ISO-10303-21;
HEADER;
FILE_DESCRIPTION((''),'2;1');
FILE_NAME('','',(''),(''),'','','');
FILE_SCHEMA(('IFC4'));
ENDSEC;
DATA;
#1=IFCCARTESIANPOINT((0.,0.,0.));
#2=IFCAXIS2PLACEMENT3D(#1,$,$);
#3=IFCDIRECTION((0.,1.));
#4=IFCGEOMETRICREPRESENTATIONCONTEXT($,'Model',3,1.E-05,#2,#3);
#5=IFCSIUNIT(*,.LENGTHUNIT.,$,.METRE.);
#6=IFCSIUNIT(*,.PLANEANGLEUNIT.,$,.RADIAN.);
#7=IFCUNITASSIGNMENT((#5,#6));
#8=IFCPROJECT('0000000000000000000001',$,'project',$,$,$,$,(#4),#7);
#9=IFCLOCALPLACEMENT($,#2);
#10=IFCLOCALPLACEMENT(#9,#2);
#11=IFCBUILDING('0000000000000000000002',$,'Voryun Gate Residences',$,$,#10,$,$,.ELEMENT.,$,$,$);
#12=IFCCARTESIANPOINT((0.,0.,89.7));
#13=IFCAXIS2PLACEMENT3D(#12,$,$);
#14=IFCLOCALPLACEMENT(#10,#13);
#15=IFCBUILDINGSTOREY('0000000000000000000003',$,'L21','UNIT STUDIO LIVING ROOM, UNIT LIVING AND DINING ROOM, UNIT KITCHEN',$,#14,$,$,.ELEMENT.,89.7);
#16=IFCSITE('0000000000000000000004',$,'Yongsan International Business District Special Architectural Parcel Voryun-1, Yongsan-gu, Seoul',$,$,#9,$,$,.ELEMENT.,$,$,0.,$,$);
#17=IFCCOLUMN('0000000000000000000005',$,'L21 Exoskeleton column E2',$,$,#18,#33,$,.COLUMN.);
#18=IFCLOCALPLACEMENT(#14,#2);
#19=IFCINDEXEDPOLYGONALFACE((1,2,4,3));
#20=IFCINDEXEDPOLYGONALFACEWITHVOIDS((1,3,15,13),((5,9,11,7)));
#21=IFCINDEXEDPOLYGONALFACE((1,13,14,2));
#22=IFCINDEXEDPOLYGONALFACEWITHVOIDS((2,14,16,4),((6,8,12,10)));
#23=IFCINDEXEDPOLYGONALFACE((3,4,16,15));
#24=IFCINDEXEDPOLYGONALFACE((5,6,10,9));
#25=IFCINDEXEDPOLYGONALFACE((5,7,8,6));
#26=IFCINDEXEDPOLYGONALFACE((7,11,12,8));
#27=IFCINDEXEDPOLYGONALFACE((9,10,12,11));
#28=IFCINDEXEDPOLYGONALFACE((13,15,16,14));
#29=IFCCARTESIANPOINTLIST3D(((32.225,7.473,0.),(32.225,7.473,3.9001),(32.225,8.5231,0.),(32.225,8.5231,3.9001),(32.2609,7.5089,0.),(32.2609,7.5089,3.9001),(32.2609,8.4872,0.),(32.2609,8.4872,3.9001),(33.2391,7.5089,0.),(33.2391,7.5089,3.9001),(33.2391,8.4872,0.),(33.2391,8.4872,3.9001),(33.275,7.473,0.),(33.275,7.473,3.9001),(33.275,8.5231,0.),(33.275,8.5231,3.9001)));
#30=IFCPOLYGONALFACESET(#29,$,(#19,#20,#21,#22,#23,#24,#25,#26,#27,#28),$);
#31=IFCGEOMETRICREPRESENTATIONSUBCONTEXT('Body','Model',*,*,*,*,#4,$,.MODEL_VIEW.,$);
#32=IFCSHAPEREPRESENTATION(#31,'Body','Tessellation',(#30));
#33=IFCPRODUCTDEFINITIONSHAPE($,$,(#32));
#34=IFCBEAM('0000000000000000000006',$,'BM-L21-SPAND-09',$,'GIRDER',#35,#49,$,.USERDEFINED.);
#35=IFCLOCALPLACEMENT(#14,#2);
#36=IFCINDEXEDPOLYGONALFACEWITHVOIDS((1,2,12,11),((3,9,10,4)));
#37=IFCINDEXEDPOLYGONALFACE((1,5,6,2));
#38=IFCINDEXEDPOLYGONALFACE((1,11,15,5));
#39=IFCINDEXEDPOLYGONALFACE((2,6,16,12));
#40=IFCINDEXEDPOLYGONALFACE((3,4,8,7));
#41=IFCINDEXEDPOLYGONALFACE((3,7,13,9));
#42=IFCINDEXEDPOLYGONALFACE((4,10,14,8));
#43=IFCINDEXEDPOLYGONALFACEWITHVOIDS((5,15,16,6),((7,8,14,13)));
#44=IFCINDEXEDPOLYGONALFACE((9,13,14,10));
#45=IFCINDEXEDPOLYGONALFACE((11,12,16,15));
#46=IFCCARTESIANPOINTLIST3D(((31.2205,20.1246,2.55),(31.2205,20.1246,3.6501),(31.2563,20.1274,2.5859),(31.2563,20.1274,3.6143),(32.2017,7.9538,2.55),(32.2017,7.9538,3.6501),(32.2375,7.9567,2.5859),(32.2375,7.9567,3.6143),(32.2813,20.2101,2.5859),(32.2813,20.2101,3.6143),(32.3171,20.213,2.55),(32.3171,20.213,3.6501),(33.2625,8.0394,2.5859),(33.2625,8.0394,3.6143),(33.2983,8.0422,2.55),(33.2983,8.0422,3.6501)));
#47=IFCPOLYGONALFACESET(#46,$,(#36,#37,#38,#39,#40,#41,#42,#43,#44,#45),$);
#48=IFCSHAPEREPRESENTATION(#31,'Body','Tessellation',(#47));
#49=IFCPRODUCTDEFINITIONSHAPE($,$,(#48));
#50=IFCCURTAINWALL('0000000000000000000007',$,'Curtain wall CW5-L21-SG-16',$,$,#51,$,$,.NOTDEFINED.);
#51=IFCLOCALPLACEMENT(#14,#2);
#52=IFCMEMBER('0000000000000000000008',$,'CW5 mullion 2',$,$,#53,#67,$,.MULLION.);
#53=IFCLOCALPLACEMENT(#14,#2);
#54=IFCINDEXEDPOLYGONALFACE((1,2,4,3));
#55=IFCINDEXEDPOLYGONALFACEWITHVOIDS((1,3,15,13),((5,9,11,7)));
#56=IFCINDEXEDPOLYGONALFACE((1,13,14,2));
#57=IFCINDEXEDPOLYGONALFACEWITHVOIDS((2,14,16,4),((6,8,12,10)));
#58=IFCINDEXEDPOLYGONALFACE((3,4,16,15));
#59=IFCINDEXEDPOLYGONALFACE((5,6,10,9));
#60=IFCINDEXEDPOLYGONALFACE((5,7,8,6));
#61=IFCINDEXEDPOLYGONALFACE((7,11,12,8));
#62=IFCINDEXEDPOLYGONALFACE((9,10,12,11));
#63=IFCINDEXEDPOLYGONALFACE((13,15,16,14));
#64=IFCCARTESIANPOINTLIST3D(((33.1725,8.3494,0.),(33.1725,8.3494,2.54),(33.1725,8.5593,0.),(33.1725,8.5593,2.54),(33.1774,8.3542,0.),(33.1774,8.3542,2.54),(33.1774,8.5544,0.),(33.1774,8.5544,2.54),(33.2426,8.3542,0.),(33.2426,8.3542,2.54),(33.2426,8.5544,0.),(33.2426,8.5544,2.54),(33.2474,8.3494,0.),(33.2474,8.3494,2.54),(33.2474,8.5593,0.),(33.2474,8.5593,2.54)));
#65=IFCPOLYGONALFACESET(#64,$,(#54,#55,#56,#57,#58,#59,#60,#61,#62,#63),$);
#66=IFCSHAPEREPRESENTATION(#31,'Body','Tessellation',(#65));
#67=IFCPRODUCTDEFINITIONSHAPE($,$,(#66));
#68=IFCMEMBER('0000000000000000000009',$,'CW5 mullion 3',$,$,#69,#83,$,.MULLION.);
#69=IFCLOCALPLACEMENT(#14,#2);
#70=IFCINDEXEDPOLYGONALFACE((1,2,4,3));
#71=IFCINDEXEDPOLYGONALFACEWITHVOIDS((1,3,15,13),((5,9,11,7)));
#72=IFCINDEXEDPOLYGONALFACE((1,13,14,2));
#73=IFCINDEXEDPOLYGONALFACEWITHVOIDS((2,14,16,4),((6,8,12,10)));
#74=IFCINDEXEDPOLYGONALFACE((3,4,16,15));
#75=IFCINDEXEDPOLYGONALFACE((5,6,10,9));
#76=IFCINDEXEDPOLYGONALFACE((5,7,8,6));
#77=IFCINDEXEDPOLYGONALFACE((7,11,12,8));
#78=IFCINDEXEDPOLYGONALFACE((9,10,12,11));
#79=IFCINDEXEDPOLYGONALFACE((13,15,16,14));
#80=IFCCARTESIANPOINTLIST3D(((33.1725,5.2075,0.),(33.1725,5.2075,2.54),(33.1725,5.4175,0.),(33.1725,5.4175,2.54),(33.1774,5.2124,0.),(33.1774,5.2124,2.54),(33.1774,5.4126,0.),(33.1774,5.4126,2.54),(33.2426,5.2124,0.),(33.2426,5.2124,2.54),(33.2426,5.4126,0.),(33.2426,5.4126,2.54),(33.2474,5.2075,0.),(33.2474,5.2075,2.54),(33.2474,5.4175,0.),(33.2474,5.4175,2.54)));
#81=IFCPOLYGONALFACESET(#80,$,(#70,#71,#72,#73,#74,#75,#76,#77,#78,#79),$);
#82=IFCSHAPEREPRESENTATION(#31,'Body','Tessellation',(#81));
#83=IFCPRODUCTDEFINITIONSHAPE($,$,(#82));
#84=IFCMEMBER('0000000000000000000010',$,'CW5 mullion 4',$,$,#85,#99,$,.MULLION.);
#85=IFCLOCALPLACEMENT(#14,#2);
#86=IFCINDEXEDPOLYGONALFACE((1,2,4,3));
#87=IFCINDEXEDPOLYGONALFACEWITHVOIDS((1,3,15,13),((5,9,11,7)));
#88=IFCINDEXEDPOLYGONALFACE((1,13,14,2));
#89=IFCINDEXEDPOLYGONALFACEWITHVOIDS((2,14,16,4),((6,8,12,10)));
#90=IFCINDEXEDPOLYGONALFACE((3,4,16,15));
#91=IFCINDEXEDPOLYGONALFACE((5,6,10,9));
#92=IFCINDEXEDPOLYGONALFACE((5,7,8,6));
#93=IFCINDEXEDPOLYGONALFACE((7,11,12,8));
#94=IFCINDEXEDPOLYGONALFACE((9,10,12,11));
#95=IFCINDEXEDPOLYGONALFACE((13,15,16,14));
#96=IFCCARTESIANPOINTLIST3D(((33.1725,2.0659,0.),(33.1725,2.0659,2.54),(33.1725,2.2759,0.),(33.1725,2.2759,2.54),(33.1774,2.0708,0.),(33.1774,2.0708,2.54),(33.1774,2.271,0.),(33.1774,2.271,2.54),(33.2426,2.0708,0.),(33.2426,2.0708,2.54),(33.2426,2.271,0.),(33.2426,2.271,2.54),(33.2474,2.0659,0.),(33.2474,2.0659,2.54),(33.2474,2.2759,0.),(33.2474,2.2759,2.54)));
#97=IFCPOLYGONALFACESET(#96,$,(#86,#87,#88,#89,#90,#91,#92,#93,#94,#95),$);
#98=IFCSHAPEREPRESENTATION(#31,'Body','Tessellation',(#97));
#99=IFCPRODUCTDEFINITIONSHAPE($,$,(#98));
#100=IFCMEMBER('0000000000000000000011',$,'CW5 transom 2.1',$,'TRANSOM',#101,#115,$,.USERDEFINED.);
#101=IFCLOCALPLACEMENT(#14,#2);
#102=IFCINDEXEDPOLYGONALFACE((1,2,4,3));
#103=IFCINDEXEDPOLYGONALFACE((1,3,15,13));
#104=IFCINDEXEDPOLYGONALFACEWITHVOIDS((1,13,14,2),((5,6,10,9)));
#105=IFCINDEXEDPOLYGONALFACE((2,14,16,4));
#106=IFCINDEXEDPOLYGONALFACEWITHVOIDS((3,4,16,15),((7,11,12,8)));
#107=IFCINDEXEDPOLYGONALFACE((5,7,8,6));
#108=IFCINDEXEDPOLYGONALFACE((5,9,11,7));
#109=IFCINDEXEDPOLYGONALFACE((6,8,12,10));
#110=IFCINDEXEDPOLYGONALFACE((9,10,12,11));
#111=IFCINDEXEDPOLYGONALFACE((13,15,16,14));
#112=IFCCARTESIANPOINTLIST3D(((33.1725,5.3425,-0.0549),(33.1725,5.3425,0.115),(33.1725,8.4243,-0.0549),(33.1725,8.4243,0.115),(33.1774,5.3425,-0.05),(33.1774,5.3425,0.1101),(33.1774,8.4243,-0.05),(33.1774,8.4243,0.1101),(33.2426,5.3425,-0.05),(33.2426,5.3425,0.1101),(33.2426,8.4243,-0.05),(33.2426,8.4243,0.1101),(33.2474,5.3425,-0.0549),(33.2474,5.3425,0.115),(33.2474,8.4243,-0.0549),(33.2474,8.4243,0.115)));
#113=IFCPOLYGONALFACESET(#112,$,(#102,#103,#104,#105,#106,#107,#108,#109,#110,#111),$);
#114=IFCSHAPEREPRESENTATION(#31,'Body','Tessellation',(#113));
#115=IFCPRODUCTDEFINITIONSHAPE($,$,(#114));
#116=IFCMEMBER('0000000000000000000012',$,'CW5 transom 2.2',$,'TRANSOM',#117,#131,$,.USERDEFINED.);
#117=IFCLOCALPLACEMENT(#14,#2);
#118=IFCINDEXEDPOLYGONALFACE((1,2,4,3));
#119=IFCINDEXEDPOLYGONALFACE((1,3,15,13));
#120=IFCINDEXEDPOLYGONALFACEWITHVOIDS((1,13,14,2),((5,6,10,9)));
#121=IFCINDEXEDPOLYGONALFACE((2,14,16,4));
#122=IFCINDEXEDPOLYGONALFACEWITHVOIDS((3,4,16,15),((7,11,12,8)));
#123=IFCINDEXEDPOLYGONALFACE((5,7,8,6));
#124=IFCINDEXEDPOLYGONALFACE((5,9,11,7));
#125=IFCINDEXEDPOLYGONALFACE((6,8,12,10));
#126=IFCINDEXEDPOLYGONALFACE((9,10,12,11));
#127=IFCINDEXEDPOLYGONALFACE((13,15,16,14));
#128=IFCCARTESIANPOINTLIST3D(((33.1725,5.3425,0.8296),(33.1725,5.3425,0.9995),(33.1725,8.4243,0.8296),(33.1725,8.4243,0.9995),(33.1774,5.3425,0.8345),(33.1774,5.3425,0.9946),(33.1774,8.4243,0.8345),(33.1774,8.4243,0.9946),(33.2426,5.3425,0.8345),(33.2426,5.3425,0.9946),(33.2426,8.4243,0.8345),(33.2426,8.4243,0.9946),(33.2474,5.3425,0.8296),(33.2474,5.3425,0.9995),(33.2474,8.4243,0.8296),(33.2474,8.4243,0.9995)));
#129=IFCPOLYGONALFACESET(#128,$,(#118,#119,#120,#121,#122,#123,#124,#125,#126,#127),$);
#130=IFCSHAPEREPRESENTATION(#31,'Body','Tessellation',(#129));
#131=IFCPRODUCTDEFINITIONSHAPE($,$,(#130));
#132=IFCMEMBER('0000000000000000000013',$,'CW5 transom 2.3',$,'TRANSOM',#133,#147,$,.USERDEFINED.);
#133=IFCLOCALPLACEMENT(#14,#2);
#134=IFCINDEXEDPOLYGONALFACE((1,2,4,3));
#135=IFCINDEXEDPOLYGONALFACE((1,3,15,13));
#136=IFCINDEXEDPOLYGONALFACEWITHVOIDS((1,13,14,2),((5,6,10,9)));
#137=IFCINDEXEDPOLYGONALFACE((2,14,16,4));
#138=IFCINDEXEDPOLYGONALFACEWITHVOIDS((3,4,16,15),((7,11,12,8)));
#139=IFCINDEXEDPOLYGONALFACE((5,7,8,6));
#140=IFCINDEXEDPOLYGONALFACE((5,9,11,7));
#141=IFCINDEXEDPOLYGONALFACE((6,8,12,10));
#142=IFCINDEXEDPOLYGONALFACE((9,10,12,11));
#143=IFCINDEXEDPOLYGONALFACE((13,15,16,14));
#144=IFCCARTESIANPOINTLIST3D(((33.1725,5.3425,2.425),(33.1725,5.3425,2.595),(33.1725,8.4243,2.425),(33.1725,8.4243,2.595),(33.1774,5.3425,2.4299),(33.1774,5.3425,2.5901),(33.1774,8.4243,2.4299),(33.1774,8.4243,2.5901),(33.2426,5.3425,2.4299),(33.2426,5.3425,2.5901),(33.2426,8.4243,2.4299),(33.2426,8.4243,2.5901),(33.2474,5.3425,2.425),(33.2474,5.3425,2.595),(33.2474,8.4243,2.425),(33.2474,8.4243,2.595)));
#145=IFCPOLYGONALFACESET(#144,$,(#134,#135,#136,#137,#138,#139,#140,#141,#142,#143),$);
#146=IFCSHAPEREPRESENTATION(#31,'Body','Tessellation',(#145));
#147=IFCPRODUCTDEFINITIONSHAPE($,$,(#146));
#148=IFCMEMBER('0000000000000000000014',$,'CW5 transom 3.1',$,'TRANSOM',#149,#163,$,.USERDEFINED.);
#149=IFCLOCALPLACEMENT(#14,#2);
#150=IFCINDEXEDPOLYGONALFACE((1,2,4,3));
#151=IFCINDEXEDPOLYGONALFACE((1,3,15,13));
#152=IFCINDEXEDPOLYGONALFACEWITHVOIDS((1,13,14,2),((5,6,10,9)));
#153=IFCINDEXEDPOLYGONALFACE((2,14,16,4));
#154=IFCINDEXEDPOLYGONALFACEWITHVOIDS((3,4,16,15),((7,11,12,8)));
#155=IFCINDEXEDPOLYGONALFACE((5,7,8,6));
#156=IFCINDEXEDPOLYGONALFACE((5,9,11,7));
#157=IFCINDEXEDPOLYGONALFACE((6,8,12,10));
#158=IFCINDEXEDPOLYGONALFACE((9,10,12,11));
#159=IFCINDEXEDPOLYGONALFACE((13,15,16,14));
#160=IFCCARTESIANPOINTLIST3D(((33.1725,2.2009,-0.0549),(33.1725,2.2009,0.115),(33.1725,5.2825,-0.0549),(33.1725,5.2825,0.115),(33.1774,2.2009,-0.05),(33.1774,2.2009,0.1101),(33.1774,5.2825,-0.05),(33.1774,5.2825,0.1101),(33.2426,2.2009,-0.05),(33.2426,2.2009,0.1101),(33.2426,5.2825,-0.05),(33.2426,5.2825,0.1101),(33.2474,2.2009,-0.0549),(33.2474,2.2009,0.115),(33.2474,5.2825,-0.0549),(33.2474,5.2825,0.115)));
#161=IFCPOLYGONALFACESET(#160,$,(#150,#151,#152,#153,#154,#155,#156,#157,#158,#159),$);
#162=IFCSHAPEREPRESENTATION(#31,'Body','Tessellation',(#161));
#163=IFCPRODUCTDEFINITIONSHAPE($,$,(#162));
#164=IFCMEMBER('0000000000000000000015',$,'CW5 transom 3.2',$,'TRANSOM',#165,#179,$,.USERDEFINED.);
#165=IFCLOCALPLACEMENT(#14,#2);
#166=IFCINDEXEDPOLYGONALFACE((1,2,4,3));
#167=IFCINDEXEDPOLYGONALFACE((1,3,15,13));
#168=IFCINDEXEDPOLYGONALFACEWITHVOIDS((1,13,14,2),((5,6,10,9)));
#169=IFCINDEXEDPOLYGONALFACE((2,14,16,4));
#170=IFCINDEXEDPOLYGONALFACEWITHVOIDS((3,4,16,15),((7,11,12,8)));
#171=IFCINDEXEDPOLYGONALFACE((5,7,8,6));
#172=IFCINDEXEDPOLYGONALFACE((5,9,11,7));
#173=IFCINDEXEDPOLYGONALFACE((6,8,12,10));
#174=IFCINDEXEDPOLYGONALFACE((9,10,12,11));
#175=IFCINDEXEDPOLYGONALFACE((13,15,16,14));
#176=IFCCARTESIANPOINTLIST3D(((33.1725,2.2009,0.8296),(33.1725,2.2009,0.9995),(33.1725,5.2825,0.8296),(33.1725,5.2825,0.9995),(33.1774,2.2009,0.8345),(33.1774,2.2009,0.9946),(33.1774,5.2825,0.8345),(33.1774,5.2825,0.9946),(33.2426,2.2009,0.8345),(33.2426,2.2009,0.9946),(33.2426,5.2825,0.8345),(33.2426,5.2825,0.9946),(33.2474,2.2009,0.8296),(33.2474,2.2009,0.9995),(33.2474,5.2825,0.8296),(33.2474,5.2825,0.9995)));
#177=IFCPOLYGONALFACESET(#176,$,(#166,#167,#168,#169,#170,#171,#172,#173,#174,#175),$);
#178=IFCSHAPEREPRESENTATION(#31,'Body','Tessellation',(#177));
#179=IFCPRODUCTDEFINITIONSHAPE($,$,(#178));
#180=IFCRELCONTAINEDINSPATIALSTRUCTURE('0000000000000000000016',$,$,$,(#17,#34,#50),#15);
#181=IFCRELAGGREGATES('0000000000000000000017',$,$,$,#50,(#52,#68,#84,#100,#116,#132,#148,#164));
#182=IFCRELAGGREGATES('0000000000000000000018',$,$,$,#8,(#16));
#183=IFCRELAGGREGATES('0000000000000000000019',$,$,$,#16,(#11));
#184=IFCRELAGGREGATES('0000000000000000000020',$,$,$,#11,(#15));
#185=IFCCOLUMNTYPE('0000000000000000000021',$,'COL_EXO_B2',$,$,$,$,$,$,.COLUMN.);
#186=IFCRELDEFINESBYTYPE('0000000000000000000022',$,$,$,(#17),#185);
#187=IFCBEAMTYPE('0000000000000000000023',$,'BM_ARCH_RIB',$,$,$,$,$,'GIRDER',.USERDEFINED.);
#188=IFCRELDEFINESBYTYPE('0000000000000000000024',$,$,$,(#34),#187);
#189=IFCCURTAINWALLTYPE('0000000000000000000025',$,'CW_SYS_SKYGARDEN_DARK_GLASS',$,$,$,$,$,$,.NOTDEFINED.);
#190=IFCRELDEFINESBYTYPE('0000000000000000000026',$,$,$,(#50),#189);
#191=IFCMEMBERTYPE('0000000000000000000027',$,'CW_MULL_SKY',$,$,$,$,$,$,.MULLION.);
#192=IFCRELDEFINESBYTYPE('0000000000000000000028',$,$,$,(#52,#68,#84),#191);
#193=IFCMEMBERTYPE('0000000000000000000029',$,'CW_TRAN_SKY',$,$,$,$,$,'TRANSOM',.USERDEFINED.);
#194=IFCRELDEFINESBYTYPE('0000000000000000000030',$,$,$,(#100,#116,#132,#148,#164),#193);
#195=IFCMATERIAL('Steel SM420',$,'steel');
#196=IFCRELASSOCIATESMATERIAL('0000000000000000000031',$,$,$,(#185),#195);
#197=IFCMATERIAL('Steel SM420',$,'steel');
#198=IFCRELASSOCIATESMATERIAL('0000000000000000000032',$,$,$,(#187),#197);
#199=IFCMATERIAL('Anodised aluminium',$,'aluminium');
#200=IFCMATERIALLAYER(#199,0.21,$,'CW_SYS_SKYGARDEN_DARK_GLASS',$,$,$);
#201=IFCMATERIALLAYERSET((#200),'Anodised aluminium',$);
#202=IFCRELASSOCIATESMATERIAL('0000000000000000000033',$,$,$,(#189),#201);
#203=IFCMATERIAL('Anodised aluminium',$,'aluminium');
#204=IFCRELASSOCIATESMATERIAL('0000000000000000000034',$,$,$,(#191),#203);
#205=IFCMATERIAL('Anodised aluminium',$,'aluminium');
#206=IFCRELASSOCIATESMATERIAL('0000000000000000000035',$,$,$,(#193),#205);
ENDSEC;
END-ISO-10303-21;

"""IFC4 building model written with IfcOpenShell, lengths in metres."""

from ifc_helpers import new_model, si_unit, direction, frame, origin, origin_2d, place, context, subcontext, project, spatial, hollow_rectangle, extrude, material, layer, layer_set, material_profile, profile_set, type_object, element, aggregate, save


model = new_model("IFC4")

# Units and contexts
model_context = context("Model", 3, precision=1e-05, world=origin(), true_north=direction((0.0, 1.0)))
body_context = subcontext(model_context, "Body", "Model", "MODEL_VIEW")
ifc_project = project(units=[si_unit("LENGTHUNIT", "METRE"), si_unit("PLANEANGLEUNIT", "RADIAN")], contexts=[model_context])

# Site, building, storey
site_placement = place(None, origin())
site = spatial("IfcSite", under=ifc_project, at=site_placement, Name="Yongsan International Business District Special Architectural Parcel Voryun-1, Yongsan-gu, Seoul", CompositionType="ELEMENT", RefElevation=0.0)
building_placement = place(site_placement, origin())
building = spatial("IfcBuilding", under=site, at=building_placement, Name="Voryun Gate Residences", CompositionType="ELEMENT")
storey_placement = place(building_placement, frame((0.0, 0.0, 89.7)))
storey = spatial("IfcBuildingStorey", under=building, at=storey_placement, Name="L21", Description="UNIT STUDIO LIVING ROOM, UNIT LIVING AND DINING ROOM, UNIT KITCHEN", CompositionType="ELEMENT", Elevation=89.7)

# Column
ifc_material_1 = material(Name="Steel SM420", Category="steel")
ifc_material_profile_1 = material_profile(ifc_material_1, hollow_rectangle(XDim=1.05, YDim=1.05, WallThickness=0.0359, at=origin_2d()), Name="BOX-1050x1050x36")
ifc_profile_set_1 = profile_set([ifc_material_profile_1], Name="Steel SM420")
column_type = type_object("IfcColumnType", Name="COL_EXO_B2", PredefinedType="COLUMN", material=ifc_profile_set_1)
column_placement = place(storey_placement, frame((32.75, 7.998, 0.0), z_axis=(0.0, 0.0, 1.0), x_axis=(1.0, 0.0, 0.0)))
element("IfcColumn", 1, at=column_placement, inside=storey, type_object=column_type, Name="L21 Exoskeleton column E2", PredefinedType="COLUMN", context=body_context, shape_type="SweptSolid", body=[
    extrude(hollow_rectangle(XDim=1.05, YDim=1.05, WallThickness=0.0359, at=origin_2d()), origin(), (0.0, 0.0, 1.0), 3.9001),
])

# Beam
ifc_material_2 = material(Name="Steel SM420", Category="steel")
ifc_material_profile_2 = material_profile(ifc_material_2, hollow_rectangle(XDim=1.1001, YDim=1.1001, WallThickness=0.0359, at=origin_2d()), Name="BOX-1100x1100x36")
ifc_profile_set_2 = profile_set([ifc_material_profile_2], Name="Steel SM420")
beam_type = type_object("IfcBeamType", Name="BM_ARCH_RIB", ElementType="GIRDER", PredefinedType="USERDEFINED", material=ifc_profile_set_2)
beam_placement = place(storey_placement, frame((32.75, 7.998, 3.1001), z_axis=(-0.08036, 0.996766, 0.0), x_axis=(-0.996766, -0.08036, 0.0)))
element("IfcBeam", 2, at=beam_placement, inside=storey, type_object=beam_type, Name="BM-L21-SPAND-09", ObjectType="GIRDER", PredefinedType="USERDEFINED", context=body_context, shape_type="SweptSolid", body=[
    extrude(hollow_rectangle(XDim=1.1001, YDim=1.1001, WallThickness=0.0359, at=origin_2d()), origin(), (0.0, 0.0, 1.0), 12.2102),
])

# Curtain wall, members
ifc_material_3 = material(Name="Anodised aluminium", Category="aluminium")
ifc_layer_1 = layer(ifc_material_3, 0.21, Name="CW_SYS_SKYGARDEN_DARK_GLASS")
ifc_layer_set_1 = layer_set([ifc_layer_1], Name="Anodised aluminium")
curtain_wall_type = type_object("IfcCurtainWallType", Name="CW_SYS_SKYGARDEN_DARK_GLASS", PredefinedType="NOTDEFINED", material=ifc_layer_set_1)
curtain_wall_placement = place(storey_placement, origin())
curtain_wall = element("IfcCurtainWall", 3, at=curtain_wall_placement, inside=storey, type_object=curtain_wall_type, Name="Curtain wall CW5-L21-SG-16", PredefinedType="NOTDEFINED")
ifc_material_4 = material(Name="Anodised aluminium", Category="aluminium")
ifc_material_profile_3 = material_profile(ifc_material_4, hollow_rectangle(XDim=0.075, YDim=0.21, WallThickness=0.0049, at=origin_2d()), Name="ALU-MULL-210x75x5")
ifc_profile_set_3 = profile_set([ifc_material_profile_3], Name="Anodised aluminium")
member_type_1 = type_object("IfcMemberType", Name="CW_MULL_SKY", PredefinedType="MULLION", material=ifc_profile_set_3)
member_1_placement = place(storey_placement, frame((33.21, 8.4543, 0.0), z_axis=(0.0, 0.0, 1.0), x_axis=(1.0, 0.0, 0.0)))
member_1 = element("IfcMember", 4, at=member_1_placement, type_object=member_type_1, Name="CW5 mullion 2", PredefinedType="MULLION", context=body_context, shape_type="SweptSolid", body=[
    extrude(hollow_rectangle(XDim=0.075, YDim=0.21, WallThickness=0.0049, at=origin_2d()), origin(), (0.0, 0.0, 1.0), 2.54),
])
member_2_placement = place(storey_placement, frame((33.21, 5.3125, 0.0), z_axis=(0.0, 0.0, 1.0), x_axis=(1.0, 0.0, 0.0)))
member_2 = element("IfcMember", 5, at=member_2_placement, type_object=member_type_1, Name="CW5 mullion 3", PredefinedType="MULLION", context=body_context, shape_type="SweptSolid", body=[
    extrude(hollow_rectangle(XDim=0.075, YDim=0.21, WallThickness=0.0049, at=origin_2d()), origin(), (0.0, 0.0, 1.0), 2.54),
])
member_3_placement = place(storey_placement, frame((33.21, 2.1709, 0.0), z_axis=(0.0, 0.0, 1.0), x_axis=(1.0, 0.0, 0.0)))
member_3 = element("IfcMember", 6, at=member_3_placement, type_object=member_type_1, Name="CW5 mullion 4", PredefinedType="MULLION", context=body_context, shape_type="SweptSolid", body=[
    extrude(hollow_rectangle(XDim=0.075, YDim=0.21, WallThickness=0.0049, at=origin_2d()), origin(), (0.0, 0.0, 1.0), 2.54),
])
ifc_material_5 = material(Name="Anodised aluminium", Category="aluminium")
ifc_material_profile_4 = material_profile(ifc_material_5, hollow_rectangle(XDim=0.075, YDim=0.1699, WallThickness=0.0049, at=origin_2d()), Name="ALU-TRAN-170x75x5")
ifc_profile_set_4 = profile_set([ifc_material_profile_4], Name="Anodised aluminium")
member_type_2 = type_object("IfcMemberType", Name="CW_TRAN_SKY", ElementType="TRANSOM", PredefinedType="USERDEFINED", material=ifc_profile_set_4)
member_4_placement = place(storey_placement, frame((33.21, 8.4243, 0.03), z_axis=(0.0, -1.0, 0.0), x_axis=(1.0, 0.0, 0.0)))
member_4 = element("IfcMember", 7, at=member_4_placement, type_object=member_type_2, Name="CW5 transom 2.1", ObjectType="TRANSOM", PredefinedType="USERDEFINED", context=body_context, shape_type="SweptSolid", body=[
    extrude(hollow_rectangle(XDim=0.075, YDim=0.1699, WallThickness=0.0049, at=origin_2d()), origin(), (0.0, 0.0, 1.0), 3.0818),
])
member_5_placement = place(storey_placement, frame((33.21, 8.4243, 0.9146), z_axis=(0.0, -1.0, 0.0), x_axis=(1.0, 0.0, 0.0)))
member_5 = element("IfcMember", 8, at=member_5_placement, type_object=member_type_2, Name="CW5 transom 2.2", ObjectType="TRANSOM", PredefinedType="USERDEFINED", context=body_context, shape_type="SweptSolid", body=[
    extrude(hollow_rectangle(XDim=0.075, YDim=0.1699, WallThickness=0.0049, at=origin_2d()), origin(), (0.0, 0.0, 1.0), 3.0818),
])
member_6_placement = place(storey_placement, frame((33.21, 8.4243, 2.51), z_axis=(0.0, -1.0, 0.0), x_axis=(1.0, 0.0, 0.0)))
member_6 = element("IfcMember", 9, at=member_6_placement, type_object=member_type_2, Name="CW5 transom 2.3", ObjectType="TRANSOM", PredefinedType="USERDEFINED", context=body_context, shape_type="SweptSolid", body=[
    extrude(hollow_rectangle(XDim=0.075, YDim=0.1699, WallThickness=0.0049, at=origin_2d()), origin(), (0.0, 0.0, 1.0), 3.0818),
])
member_7_placement = place(storey_placement, frame((33.21, 5.2825, 0.03), z_axis=(0.0, -1.0, 0.0), x_axis=(1.0, 0.0, 0.0)))
member_7 = element("IfcMember", 10, at=member_7_placement, type_object=member_type_2, Name="CW5 transom 3.1", ObjectType="TRANSOM", PredefinedType="USERDEFINED", context=body_context, shape_type="SweptSolid", body=[
    extrude(hollow_rectangle(XDim=0.075, YDim=0.1699, WallThickness=0.0049, at=origin_2d()), origin(), (0.0, 0.0, 1.0), 3.0815),
])
member_8_placement = place(storey_placement, frame((33.21, 5.2825, 0.9146), z_axis=(0.0, -1.0, 0.0), x_axis=(1.0, 0.0, 0.0)))
member_8 = element("IfcMember", 11, at=member_8_placement, type_object=member_type_2, Name="CW5 transom 3.2", ObjectType="TRANSOM", PredefinedType="USERDEFINED", context=body_context, shape_type="SweptSolid", body=[
    extrude(hollow_rectangle(XDim=0.075, YDim=0.1699, WallThickness=0.0049, at=origin_2d()), origin(), (0.0, 0.0, 1.0), 3.0815),
])

aggregate(curtain_wall, [member_1, member_2, member_3, member_4, member_5, member_6, member_7, member_8])

save(model, "model.ifc")
